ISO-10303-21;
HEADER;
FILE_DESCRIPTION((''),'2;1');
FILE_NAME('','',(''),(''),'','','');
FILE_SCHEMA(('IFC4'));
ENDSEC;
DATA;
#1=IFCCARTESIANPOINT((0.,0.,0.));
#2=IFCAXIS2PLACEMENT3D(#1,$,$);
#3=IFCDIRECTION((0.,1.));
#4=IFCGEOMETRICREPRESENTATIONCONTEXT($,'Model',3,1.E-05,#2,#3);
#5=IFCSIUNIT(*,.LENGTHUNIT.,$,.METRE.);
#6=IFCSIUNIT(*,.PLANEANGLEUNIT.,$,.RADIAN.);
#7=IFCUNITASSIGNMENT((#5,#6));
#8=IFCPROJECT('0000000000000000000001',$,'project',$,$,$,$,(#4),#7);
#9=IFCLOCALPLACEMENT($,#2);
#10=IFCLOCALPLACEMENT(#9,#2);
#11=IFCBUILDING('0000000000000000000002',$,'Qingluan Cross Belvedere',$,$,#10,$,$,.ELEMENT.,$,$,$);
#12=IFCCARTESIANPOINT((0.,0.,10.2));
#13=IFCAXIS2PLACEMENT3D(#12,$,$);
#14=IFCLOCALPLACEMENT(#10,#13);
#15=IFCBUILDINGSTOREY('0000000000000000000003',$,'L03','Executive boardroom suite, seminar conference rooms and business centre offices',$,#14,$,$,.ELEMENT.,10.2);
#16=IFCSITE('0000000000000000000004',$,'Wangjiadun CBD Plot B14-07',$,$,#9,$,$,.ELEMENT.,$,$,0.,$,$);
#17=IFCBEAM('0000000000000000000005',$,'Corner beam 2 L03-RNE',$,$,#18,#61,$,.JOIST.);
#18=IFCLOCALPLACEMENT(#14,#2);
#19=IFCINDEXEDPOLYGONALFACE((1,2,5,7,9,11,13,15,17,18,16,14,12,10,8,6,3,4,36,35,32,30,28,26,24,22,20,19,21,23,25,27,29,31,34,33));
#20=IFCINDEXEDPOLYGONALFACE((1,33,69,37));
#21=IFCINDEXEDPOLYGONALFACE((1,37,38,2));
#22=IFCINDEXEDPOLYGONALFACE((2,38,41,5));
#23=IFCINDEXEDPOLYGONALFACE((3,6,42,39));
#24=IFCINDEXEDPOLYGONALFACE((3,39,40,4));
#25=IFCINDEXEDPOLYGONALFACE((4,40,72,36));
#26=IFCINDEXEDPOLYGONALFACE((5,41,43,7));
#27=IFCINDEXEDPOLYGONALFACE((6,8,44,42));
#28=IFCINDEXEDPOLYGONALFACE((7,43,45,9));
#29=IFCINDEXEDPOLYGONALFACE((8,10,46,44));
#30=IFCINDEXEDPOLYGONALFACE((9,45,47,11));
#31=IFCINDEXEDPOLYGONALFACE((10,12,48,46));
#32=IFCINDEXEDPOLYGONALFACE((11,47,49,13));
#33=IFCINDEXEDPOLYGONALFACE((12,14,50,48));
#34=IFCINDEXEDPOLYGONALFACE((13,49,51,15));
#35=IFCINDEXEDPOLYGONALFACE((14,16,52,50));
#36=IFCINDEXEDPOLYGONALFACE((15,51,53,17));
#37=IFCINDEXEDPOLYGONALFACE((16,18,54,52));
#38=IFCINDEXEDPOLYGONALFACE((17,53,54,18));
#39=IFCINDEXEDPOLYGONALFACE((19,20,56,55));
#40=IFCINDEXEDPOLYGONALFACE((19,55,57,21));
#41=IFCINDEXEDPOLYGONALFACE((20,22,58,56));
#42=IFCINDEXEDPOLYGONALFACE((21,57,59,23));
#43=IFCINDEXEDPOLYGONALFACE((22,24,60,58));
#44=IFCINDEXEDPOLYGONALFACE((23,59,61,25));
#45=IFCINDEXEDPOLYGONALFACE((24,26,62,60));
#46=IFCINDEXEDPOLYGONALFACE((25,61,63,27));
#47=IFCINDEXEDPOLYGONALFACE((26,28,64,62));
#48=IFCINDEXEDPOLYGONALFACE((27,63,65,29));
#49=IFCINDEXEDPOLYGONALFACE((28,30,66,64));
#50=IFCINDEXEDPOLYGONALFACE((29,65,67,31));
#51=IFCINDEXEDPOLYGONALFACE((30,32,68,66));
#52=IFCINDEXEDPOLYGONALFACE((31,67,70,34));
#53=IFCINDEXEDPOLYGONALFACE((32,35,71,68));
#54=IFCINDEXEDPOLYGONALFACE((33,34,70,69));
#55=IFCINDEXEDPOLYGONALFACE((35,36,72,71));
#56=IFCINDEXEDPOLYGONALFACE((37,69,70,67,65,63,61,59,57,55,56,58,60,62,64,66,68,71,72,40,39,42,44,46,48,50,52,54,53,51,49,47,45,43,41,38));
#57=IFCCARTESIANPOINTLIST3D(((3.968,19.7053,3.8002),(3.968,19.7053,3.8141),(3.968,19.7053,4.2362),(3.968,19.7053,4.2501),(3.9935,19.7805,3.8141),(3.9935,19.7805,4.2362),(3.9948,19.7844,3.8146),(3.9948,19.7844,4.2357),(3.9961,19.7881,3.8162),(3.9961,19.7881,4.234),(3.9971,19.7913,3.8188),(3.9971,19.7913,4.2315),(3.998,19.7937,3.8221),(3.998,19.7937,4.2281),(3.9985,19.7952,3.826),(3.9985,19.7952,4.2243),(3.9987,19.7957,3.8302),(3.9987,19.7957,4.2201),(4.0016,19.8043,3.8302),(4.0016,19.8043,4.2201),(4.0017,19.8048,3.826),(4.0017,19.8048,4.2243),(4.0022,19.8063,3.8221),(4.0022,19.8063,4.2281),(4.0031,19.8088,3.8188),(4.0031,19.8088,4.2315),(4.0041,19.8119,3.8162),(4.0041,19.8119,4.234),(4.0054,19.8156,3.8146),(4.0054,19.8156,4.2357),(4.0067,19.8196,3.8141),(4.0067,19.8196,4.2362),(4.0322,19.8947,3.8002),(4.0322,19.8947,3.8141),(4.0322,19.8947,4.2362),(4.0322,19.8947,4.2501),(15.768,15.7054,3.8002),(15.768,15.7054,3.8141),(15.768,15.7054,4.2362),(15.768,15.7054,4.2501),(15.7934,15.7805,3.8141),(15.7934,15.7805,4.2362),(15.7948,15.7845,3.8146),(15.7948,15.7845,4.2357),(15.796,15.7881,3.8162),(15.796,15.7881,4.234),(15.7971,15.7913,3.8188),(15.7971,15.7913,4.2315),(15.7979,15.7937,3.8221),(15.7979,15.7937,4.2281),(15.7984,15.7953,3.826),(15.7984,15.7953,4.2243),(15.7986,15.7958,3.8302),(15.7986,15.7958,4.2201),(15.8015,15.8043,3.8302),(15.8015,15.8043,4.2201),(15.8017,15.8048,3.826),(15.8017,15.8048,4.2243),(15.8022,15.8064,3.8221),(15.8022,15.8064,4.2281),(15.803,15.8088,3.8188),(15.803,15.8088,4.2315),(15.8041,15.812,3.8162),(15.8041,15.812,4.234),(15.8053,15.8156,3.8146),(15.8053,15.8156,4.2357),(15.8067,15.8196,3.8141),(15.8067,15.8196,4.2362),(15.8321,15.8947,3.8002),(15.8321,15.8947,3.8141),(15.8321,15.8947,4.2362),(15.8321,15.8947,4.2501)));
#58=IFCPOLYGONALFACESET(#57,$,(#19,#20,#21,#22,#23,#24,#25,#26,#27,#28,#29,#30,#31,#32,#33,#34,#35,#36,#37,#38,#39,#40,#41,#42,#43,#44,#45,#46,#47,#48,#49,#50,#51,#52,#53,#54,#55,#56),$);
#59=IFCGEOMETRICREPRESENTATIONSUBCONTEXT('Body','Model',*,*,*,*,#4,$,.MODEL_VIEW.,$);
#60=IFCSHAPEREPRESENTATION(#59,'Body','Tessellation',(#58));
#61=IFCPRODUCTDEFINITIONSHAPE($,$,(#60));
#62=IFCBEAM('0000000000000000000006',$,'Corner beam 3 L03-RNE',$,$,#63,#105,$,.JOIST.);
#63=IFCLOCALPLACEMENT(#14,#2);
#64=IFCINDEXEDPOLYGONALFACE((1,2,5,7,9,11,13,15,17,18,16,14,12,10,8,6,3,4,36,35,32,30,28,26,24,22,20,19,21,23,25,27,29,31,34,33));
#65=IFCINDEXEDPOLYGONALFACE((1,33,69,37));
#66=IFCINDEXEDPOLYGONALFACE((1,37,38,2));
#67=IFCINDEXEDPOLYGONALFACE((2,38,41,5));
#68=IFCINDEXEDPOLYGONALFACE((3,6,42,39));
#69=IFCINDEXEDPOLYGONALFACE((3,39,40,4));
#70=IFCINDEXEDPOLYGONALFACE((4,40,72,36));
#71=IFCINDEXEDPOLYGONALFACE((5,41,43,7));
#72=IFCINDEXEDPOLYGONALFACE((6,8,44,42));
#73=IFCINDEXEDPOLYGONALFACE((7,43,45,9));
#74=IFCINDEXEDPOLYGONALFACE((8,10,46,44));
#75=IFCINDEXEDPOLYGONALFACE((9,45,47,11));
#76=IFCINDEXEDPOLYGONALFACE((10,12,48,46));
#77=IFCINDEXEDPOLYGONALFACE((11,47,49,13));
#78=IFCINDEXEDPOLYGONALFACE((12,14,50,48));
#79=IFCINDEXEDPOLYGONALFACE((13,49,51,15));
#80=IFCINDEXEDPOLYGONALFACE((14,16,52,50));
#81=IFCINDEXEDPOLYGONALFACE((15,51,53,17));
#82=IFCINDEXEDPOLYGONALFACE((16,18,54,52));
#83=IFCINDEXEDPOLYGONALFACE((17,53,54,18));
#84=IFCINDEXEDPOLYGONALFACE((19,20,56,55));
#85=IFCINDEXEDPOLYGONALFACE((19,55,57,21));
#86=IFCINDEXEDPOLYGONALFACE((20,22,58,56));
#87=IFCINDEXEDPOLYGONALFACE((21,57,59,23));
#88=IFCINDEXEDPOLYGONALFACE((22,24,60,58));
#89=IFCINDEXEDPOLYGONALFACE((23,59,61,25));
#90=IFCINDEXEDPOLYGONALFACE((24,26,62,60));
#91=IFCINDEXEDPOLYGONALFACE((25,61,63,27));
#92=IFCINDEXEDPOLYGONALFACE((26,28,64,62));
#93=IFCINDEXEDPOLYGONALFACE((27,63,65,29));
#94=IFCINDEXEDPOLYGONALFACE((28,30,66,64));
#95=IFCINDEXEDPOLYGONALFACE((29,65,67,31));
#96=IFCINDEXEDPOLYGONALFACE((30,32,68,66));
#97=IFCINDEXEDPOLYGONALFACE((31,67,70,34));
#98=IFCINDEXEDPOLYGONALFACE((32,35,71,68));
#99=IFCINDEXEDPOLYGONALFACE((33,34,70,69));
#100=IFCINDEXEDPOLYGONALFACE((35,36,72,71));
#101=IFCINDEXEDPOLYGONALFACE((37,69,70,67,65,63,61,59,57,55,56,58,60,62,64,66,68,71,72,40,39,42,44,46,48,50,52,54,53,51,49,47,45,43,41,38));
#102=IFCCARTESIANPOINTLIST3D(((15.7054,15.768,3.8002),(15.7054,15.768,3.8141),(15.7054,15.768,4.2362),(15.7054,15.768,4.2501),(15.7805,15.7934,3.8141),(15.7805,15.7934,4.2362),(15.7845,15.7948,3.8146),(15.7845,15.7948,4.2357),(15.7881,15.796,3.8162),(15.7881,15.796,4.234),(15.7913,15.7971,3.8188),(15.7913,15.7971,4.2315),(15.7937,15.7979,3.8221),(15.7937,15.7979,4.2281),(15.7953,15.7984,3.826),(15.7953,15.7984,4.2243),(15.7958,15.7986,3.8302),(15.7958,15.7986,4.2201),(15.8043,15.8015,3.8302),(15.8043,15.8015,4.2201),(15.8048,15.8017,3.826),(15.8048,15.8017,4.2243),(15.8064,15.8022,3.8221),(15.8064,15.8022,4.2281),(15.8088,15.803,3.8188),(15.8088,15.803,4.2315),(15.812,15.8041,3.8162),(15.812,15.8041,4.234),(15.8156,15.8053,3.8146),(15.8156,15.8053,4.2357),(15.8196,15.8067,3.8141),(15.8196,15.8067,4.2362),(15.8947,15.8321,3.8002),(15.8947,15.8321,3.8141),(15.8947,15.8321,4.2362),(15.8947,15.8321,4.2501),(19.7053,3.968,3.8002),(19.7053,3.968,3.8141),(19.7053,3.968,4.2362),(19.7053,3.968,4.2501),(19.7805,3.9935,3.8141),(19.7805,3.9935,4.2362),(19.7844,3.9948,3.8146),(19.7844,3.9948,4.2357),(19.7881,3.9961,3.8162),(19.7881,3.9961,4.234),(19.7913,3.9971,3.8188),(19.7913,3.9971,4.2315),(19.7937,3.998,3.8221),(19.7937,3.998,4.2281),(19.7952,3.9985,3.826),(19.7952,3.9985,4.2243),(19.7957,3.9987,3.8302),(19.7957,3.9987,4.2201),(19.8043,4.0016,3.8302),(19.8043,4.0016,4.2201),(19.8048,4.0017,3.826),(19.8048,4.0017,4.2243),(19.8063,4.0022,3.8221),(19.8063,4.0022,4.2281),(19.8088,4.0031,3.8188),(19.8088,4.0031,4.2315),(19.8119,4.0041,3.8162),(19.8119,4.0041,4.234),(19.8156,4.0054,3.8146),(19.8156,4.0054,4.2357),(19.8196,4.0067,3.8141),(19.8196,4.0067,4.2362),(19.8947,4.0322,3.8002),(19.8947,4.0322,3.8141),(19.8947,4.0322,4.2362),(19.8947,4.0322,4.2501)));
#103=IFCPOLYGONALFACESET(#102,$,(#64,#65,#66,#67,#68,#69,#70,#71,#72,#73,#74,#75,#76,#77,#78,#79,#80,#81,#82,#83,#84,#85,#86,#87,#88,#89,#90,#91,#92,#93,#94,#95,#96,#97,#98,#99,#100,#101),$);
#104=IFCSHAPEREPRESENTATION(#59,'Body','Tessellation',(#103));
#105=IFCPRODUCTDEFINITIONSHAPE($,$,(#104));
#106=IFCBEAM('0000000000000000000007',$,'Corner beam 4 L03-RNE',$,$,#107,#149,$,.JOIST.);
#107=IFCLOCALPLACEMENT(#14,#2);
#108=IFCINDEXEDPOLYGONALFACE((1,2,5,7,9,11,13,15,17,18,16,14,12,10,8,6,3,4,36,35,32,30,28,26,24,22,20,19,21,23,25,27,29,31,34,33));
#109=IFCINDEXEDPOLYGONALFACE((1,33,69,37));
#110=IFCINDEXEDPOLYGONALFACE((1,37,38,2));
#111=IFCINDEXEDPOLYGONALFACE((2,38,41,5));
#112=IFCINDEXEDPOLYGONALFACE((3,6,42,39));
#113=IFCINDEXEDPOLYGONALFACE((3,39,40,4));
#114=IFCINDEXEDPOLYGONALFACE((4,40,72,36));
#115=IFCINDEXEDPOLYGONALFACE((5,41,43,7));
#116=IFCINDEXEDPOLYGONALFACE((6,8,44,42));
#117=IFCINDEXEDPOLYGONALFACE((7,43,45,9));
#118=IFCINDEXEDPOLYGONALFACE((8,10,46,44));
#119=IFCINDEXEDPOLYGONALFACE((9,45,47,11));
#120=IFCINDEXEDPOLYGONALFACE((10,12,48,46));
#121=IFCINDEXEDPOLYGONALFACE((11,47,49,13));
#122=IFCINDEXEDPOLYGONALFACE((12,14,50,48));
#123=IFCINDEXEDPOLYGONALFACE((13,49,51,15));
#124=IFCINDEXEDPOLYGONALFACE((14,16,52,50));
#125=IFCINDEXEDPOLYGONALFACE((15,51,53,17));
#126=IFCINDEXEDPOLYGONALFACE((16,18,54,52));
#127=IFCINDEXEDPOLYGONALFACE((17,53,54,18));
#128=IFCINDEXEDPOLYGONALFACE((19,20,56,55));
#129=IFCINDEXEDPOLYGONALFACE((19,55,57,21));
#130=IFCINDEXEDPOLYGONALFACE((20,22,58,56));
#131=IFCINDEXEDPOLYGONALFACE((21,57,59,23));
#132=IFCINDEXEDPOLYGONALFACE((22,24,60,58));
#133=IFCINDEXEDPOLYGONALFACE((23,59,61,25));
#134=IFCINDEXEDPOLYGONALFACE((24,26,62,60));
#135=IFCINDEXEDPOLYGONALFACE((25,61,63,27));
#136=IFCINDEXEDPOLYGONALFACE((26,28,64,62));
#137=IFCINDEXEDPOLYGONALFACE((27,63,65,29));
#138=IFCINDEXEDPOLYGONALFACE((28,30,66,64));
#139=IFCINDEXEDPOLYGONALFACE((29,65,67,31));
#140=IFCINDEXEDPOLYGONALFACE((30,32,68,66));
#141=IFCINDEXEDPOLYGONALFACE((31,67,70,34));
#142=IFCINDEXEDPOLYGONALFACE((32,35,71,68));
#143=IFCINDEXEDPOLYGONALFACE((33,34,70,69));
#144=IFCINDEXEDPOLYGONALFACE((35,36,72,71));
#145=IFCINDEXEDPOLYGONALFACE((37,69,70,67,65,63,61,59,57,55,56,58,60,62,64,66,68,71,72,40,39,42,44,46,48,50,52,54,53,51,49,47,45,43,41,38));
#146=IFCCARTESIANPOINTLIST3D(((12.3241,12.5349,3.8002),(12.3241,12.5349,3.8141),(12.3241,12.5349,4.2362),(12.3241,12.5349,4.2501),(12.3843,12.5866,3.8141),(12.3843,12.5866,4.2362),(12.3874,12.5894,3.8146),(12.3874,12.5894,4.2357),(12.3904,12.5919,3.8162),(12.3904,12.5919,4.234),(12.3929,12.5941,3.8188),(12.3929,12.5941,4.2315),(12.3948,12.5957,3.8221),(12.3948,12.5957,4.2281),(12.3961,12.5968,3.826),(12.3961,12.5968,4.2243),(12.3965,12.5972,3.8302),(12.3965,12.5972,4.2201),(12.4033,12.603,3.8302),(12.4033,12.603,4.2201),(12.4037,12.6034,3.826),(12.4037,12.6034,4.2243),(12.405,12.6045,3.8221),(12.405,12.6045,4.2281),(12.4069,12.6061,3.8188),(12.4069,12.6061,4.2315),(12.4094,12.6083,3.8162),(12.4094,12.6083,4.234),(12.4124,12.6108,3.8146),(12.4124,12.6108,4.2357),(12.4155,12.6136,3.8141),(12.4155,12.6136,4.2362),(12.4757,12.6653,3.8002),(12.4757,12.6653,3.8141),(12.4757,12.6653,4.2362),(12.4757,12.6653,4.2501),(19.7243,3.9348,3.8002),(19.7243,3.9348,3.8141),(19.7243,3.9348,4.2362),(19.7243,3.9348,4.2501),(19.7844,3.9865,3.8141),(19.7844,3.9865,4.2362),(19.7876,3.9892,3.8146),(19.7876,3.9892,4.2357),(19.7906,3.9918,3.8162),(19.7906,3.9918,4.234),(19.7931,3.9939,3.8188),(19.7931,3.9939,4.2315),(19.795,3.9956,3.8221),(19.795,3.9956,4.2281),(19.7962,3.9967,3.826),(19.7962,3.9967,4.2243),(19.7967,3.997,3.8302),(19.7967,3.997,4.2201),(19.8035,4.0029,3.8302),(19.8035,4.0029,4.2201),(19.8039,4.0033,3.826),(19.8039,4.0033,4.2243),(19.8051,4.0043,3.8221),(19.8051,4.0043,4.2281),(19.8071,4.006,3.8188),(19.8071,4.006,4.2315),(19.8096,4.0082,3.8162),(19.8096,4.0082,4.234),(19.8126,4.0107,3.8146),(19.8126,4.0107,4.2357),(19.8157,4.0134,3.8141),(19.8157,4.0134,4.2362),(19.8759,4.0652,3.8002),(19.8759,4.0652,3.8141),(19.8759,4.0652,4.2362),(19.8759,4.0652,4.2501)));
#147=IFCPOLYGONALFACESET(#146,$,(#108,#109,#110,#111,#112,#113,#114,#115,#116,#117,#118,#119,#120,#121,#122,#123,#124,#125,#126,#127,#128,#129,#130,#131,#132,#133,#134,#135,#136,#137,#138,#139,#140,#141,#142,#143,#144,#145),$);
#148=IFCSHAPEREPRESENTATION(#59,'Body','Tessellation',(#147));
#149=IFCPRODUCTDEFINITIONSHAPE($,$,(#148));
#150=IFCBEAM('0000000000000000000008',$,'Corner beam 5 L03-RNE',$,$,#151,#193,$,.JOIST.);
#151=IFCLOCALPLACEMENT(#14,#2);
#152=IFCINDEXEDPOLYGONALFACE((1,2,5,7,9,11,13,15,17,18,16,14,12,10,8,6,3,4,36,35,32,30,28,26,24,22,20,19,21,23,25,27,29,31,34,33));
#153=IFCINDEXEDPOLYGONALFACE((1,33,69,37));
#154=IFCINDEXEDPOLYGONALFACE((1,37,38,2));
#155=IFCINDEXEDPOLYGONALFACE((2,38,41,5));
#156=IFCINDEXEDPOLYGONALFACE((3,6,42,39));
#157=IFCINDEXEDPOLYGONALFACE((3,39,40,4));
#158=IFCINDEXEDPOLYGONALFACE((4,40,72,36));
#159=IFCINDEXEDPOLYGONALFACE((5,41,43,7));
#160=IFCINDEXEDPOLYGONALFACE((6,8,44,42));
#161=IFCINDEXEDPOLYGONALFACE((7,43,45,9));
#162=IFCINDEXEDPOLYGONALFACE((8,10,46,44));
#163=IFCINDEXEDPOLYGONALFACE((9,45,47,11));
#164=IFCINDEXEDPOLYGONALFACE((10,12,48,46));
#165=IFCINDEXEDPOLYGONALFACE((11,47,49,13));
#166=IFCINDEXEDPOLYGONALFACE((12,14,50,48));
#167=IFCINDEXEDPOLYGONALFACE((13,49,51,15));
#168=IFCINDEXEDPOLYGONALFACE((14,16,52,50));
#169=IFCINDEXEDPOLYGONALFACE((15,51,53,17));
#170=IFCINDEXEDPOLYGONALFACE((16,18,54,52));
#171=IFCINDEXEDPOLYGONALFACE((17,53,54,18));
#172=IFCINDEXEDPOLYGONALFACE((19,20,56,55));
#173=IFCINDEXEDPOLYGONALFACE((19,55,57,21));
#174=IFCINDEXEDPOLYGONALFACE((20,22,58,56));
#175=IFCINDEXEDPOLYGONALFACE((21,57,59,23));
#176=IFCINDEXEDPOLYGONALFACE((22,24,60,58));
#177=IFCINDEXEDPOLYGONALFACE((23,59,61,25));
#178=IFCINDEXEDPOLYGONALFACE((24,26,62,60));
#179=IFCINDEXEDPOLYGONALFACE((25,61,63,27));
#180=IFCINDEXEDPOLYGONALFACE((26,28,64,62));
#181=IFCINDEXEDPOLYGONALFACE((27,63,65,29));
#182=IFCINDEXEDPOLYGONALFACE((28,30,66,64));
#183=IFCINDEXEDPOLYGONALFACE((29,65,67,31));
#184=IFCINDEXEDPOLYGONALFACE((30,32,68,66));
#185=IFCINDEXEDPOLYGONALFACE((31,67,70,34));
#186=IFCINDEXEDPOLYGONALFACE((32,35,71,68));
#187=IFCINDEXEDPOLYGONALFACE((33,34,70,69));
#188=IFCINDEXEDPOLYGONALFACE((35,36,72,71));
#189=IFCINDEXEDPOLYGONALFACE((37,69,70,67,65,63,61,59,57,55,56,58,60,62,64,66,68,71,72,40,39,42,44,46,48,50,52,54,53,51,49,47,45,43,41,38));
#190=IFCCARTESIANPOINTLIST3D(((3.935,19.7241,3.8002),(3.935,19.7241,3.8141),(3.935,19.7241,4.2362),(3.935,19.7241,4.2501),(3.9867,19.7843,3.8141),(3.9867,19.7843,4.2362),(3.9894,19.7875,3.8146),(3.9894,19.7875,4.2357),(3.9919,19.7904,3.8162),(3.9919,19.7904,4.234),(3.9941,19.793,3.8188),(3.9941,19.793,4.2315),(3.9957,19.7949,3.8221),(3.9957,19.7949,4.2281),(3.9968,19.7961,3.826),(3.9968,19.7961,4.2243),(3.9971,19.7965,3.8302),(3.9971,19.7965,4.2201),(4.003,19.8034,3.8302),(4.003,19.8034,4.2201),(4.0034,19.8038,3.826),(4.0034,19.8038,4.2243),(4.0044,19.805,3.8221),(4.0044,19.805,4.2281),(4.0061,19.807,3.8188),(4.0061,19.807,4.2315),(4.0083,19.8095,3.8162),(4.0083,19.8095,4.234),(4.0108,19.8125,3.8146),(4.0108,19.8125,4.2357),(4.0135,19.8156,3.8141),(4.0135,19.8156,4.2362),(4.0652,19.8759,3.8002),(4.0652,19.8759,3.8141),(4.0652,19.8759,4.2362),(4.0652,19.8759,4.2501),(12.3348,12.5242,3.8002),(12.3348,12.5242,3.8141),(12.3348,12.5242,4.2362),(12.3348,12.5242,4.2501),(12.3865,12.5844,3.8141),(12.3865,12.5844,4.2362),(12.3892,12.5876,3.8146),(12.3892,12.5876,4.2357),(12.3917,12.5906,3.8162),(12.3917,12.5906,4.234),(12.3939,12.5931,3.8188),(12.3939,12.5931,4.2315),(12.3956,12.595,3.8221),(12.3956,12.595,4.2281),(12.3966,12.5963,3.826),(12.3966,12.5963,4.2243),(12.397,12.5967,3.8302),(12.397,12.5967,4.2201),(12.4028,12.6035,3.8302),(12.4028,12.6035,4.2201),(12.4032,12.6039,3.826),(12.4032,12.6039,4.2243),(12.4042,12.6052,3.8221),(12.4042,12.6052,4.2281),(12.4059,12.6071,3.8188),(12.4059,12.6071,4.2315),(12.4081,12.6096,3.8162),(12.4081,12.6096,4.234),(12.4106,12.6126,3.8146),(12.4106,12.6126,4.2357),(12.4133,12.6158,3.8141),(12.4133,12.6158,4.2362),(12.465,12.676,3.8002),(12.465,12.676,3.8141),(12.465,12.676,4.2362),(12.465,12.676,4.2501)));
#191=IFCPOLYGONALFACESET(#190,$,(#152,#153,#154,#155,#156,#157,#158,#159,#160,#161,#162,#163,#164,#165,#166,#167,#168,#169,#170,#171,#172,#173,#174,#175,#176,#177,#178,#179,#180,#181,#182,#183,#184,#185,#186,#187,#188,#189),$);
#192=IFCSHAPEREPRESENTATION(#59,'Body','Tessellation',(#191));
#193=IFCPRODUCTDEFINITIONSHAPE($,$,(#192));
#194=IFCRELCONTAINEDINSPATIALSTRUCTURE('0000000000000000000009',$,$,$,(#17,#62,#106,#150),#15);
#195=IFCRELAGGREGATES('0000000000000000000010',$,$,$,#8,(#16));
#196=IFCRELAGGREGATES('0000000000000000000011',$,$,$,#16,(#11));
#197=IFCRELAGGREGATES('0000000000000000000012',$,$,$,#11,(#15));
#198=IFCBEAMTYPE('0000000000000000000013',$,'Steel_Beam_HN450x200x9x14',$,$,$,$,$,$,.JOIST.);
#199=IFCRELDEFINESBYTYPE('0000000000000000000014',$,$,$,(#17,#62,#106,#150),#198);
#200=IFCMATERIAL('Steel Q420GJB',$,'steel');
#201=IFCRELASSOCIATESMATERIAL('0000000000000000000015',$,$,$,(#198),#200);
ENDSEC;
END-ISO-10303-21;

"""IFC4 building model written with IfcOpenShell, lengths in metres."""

from ifc_helpers import new_model, si_unit, direction, frame, origin, origin_2d, place, context, subcontext, project, spatial, i_section, extrude, material, material_profile, profile_set, type_object, element, save


model = new_model("IFC4")

# Units and contexts
model_context = context("Model", 3, precision=1e-05, world=origin(), true_north=direction((0.0, 1.0)))
body_context = subcontext(model_context, "Body", "Model", "MODEL_VIEW")
ifc_project = project(units=[si_unit("LENGTHUNIT", "METRE"), si_unit("PLANEANGLEUNIT", "RADIAN")], contexts=[model_context])

# Site, building, storey
site_placement = place(None, origin())
site = spatial("IfcSite", under=ifc_project, at=site_placement, Name="Wangjiadun CBD Plot B14-07", CompositionType="ELEMENT", RefElevation=0.0)
building_placement = place(site_placement, origin())
building = spatial("IfcBuilding", under=site, at=building_placement, Name="Qingluan Cross Belvedere", CompositionType="ELEMENT")
storey_placement = place(building_placement, frame((0.0, 0.0, 10.2)))
storey = spatial("IfcBuildingStorey", under=building, at=storey_placement, Name="L03", Description="Executive boardroom suite, seminar conference rooms and business centre offices", CompositionType="ELEMENT", Elevation=10.2)

# Beams
ifc_material_1 = material(Name="Steel Q420GJB", Category="steel")
ifc_material_profile_1 = material_profile(ifc_material_1, i_section(OverallWidth=0.2, OverallDepth=0.45, WebThickness=0.009, FlangeThickness=0.0139, FilletRadius=0.0161, at=origin_2d()), Name="HN450x200x9x14")
ifc_profile_set_1 = profile_set([ifc_material_profile_1], Name="Steel Q420GJB")
beam_type = type_object("IfcBeamType", Name="Steel_Beam_HN450x200x9x14", PredefinedType="JOIST", material=ifc_profile_set_1)
for number, where, z_axis, x_axis, name in (
    (1, (15.8, 15.8, 4.0251), (-0.947066, 0.321038, 0.0), (-0.321038, -0.947066, 0.0), "Corner beam 2 L03-RNE"),
    (2, (15.8, 15.8, 4.0251), (0.321038, -0.947066, 0.0), (0.947066, 0.321038, 0.0), "Corner beam 3 L03-RNE"),
):
    element("IfcBeam", number, at=place(storey_placement, frame(where, z_axis=z_axis, x_axis=x_axis)), inside=storey, type_object=beam_type, Name=name, PredefinedType="JOIST", context=body_context, shape_type="SweptSolid", body=[
        extrude(i_section(OverallWidth=0.2, OverallDepth=0.45, WebThickness=0.009, FlangeThickness=0.0139, FilletRadius=0.0161, at=origin_2d()), origin(), (0.0, 0.0, 1.0), 12.4595),
    ])
beam_1_placement = place(storey_placement, frame((12.3999, 12.6001, 4.0251), z_axis=(0.652245, -0.758008, 0.0), x_axis=(0.758008, 0.652245, 0.0)))
element("IfcBeam", 3, at=beam_1_placement, inside=storey, type_object=beam_type, Name="Corner beam 4 L03-RNE", PredefinedType="JOIST", context=body_context, shape_type="SweptSolid", body=[
    extrude(i_section(OverallWidth=0.2, OverallDepth=0.45, WebThickness=0.009, FlangeThickness=0.0139, FilletRadius=0.0161, at=origin_2d()), origin(), (0.0, 0.0, 1.0), 11.3457),
])
beam_2_placement = place(storey_placement, frame((12.3999, 12.6001, 4.0251), z_axis=(-0.759255, 0.650793, 0.0), x_axis=(-0.650793, -0.759255, 0.0)))
element("IfcBeam", 4, at=beam_2_placement, inside=storey, type_object=beam_type, Name="Corner beam 5 L03-RNE", PredefinedType="JOIST", context=body_context, shape_type="SweptSolid", body=[
    extrude(i_section(OverallWidth=0.2, OverallDepth=0.45, WebThickness=0.009, FlangeThickness=0.0139, FilletRadius=0.0161, at=origin_2d()), origin(), (0.0, 0.0, 1.0), 11.0632),
])

save(model, "model.ifc")
